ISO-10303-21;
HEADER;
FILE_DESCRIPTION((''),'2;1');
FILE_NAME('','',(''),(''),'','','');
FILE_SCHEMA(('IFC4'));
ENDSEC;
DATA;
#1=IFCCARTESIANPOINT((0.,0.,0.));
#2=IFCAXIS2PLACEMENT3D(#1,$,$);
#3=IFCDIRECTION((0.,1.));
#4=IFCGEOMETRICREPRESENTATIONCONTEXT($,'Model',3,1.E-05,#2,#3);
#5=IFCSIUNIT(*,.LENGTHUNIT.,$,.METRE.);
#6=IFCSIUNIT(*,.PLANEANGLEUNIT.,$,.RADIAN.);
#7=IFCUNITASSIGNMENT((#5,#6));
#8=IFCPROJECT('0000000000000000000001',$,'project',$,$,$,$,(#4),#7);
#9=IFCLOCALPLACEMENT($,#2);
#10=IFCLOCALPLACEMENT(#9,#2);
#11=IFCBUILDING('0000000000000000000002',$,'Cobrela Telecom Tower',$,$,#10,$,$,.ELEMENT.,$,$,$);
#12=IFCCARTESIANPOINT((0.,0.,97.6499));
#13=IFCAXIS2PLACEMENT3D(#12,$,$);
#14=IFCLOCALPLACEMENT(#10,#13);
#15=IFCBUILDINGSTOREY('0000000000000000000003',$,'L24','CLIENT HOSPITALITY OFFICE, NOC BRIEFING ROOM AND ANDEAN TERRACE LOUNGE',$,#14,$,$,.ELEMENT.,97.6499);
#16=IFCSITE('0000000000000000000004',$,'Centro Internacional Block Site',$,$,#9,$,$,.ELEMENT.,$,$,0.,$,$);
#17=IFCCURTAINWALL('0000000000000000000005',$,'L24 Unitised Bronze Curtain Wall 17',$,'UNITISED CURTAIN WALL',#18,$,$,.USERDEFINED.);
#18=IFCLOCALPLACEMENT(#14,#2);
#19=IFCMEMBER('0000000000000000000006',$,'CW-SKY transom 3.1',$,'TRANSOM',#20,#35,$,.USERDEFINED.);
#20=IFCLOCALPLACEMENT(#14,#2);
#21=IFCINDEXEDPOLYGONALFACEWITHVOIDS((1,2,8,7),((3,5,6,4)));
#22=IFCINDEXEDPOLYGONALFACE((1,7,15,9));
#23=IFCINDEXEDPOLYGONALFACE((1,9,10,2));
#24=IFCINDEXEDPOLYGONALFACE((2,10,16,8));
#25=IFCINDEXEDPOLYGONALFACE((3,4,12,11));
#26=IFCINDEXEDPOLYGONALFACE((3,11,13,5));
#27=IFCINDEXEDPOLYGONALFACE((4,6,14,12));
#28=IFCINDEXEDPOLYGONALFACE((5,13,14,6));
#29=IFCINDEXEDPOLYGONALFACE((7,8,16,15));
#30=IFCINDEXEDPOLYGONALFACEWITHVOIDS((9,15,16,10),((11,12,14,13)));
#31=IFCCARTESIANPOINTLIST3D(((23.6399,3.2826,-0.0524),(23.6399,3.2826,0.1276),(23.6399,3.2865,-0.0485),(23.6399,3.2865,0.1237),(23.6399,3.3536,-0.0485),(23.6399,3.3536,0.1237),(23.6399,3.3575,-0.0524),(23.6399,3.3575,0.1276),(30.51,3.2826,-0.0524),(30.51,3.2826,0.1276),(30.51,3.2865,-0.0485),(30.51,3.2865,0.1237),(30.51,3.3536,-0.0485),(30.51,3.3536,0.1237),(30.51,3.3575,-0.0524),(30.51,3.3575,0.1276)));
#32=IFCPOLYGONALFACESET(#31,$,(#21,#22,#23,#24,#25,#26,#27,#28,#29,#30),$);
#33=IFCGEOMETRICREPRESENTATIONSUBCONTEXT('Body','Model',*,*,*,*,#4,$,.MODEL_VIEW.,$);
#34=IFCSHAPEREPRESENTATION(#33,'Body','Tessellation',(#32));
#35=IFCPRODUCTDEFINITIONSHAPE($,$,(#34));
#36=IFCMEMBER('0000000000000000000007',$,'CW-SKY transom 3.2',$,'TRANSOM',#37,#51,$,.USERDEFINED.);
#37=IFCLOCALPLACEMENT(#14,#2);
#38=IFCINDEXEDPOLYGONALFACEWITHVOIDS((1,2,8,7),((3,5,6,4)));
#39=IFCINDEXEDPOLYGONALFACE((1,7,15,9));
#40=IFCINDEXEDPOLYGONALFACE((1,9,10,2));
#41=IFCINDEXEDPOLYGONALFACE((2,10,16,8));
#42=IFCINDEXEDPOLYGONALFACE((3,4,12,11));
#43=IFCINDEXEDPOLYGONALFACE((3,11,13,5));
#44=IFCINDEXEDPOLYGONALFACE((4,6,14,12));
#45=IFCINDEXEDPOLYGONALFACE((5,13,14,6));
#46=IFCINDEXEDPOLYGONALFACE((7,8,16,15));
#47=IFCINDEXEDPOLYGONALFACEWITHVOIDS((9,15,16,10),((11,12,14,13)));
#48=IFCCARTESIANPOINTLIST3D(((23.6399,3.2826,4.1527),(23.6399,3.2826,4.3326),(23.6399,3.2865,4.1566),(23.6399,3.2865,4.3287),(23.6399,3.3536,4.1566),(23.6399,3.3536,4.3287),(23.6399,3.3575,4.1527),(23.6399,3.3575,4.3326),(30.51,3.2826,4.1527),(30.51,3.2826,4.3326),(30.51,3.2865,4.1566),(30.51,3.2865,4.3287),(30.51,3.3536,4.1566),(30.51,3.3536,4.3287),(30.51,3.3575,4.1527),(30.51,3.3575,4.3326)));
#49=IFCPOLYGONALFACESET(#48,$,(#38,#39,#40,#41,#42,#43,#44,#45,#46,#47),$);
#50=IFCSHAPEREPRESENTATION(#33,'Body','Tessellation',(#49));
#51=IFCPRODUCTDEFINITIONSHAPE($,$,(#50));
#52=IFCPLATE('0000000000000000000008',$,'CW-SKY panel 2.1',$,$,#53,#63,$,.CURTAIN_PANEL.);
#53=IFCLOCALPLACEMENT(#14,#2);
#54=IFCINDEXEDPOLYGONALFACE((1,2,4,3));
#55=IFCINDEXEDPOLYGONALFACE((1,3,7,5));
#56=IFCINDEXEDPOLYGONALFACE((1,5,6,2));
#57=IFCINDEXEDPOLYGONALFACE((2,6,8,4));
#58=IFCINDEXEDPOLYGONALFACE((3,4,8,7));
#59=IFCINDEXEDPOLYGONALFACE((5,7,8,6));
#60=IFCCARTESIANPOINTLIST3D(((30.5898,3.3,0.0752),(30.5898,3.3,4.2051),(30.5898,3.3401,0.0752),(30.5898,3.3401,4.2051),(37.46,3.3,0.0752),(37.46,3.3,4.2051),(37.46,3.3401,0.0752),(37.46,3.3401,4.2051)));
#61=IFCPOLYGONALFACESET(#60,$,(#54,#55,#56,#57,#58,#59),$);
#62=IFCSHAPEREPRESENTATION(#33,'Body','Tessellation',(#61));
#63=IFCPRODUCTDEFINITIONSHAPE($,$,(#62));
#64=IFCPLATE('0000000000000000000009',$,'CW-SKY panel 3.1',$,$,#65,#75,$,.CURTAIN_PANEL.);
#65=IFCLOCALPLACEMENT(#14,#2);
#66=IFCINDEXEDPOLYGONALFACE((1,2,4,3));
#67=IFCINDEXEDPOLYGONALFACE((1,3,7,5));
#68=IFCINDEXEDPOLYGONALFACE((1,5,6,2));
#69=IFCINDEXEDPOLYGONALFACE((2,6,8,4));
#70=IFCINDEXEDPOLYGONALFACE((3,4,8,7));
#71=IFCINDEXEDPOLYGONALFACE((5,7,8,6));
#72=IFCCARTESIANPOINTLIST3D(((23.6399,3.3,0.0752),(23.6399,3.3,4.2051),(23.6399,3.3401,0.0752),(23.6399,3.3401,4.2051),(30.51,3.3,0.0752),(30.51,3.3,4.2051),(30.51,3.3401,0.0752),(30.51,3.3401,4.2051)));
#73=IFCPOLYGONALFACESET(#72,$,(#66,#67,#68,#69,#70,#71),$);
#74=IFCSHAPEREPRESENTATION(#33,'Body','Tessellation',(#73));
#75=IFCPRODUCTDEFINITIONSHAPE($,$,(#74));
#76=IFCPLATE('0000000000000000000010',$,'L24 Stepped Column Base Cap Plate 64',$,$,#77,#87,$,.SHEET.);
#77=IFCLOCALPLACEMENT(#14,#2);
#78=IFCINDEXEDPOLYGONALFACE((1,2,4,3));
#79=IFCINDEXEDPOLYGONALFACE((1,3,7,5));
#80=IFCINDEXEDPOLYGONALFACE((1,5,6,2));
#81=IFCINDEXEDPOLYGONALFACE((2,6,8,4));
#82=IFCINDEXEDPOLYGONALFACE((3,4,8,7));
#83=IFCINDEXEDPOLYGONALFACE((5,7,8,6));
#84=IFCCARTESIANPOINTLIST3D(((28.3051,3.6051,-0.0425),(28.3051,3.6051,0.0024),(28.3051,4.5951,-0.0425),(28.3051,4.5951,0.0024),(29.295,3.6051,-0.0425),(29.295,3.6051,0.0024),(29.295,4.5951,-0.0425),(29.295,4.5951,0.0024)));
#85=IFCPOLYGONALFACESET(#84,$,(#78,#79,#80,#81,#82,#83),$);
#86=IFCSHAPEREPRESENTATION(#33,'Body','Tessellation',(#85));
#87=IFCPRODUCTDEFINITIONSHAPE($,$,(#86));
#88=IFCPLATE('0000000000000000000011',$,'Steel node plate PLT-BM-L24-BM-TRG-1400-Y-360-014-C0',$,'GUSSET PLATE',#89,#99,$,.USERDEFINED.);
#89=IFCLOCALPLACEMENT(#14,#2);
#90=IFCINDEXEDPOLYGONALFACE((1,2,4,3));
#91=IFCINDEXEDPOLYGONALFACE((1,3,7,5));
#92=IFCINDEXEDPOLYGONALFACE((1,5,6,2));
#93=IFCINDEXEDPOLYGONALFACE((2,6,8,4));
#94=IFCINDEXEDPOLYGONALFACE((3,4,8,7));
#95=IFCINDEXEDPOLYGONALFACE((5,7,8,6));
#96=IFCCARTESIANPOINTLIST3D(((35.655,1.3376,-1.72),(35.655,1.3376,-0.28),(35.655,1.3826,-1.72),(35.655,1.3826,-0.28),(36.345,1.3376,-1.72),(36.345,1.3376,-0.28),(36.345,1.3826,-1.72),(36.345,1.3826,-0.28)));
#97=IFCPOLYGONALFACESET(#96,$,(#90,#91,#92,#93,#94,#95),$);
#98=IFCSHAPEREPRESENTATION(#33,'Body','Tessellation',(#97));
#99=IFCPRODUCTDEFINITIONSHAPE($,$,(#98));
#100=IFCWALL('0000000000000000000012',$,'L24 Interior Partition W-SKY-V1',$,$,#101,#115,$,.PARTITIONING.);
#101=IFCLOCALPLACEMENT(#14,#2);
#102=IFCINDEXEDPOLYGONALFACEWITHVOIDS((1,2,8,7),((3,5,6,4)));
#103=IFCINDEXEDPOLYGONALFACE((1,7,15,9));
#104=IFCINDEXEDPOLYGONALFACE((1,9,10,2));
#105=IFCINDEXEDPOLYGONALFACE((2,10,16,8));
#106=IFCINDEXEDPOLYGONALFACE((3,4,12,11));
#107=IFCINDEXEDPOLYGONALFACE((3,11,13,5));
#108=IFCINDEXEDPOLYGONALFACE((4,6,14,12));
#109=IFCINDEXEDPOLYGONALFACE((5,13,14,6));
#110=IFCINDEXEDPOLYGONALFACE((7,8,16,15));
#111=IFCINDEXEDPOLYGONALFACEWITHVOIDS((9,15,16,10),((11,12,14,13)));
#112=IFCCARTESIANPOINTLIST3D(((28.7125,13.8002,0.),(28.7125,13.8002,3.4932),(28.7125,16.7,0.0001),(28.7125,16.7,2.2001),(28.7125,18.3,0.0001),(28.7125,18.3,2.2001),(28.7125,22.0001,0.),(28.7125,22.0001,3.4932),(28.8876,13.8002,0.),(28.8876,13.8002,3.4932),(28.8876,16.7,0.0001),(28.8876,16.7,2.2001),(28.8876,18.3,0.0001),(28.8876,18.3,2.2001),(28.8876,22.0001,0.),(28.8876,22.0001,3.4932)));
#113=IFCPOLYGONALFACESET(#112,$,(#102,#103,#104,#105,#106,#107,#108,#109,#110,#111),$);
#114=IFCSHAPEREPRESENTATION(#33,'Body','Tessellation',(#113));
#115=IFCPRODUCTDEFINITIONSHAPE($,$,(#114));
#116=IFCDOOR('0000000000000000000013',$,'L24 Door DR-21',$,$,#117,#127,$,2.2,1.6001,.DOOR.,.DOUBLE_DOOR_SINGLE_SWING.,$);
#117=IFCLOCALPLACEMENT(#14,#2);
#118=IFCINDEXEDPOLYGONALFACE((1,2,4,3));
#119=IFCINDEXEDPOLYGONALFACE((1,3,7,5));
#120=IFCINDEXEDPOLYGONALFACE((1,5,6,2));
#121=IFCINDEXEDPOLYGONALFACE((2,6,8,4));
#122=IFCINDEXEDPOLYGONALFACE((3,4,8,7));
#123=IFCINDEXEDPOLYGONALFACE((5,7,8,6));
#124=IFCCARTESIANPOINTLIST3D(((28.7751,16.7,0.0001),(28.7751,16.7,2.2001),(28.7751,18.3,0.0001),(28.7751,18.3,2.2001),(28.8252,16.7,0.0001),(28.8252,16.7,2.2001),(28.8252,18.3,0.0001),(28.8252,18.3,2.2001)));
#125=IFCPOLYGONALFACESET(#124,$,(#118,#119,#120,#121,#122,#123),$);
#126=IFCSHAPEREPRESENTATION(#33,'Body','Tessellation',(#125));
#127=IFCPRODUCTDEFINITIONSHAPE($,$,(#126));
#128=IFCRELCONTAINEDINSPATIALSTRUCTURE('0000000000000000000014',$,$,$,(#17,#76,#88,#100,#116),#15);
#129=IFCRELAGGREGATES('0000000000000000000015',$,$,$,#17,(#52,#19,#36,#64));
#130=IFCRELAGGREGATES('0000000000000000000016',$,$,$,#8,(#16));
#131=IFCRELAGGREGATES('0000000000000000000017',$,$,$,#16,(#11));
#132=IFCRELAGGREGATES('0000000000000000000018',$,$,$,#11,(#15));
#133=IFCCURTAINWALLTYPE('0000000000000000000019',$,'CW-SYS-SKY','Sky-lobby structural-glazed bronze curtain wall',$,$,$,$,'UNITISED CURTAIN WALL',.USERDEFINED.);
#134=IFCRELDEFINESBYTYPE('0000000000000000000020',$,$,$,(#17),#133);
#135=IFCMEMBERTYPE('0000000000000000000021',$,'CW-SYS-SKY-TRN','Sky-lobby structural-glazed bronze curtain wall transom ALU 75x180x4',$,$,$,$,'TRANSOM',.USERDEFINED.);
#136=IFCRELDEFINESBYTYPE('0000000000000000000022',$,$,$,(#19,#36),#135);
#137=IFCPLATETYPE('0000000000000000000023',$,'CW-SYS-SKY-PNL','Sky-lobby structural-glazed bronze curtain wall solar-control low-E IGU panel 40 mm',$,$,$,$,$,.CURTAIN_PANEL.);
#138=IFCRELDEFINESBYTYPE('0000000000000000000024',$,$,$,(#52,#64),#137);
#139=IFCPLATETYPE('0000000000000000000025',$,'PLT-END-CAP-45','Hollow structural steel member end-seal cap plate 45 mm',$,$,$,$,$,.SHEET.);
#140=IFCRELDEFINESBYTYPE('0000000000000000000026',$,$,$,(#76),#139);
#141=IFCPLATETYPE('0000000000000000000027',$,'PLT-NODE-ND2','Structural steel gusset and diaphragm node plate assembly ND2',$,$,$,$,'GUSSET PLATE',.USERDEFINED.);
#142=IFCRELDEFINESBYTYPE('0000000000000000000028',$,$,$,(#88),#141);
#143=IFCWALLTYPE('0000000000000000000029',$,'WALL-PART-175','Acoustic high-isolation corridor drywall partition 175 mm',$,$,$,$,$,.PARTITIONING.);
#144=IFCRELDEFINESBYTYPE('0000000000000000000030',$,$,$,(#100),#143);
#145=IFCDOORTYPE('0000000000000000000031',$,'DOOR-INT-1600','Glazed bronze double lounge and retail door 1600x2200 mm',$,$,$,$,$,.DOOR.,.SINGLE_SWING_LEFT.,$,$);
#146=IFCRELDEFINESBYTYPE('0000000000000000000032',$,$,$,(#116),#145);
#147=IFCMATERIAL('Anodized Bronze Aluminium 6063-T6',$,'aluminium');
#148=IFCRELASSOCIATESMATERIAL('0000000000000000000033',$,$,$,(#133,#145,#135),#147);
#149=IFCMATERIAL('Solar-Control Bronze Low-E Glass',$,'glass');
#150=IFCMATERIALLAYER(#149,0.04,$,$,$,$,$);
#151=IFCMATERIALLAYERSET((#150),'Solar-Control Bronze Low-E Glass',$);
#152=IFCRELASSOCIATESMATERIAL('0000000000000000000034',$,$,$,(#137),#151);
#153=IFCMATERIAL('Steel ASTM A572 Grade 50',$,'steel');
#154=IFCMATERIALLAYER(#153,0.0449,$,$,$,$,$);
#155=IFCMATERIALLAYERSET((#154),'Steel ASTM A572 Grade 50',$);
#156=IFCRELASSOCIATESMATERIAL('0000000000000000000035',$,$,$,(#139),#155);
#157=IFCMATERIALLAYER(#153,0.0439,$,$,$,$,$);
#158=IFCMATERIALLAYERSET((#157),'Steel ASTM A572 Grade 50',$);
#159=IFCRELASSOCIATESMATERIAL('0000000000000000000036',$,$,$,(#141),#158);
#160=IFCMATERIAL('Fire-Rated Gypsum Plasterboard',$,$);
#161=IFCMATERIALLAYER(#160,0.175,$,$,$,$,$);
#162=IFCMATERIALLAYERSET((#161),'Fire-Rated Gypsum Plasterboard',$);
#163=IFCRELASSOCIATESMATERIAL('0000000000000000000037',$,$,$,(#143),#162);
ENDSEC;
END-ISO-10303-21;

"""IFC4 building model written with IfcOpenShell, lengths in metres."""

from ifc_helpers import new_model, si_unit, direction, frame, frame_2d, origin, origin_2d, place, context, subcontext, project, spatial, rectangle, hollow_rectangle, extrude, material, layer, layer_set, material_profile, profile_set, type_object, element, fill, aggregate, save


model = new_model("IFC4")

# Units and contexts
model_context = context("Model", 3, precision=1e-05, world=origin(), true_north=direction((0.0, 1.0)))
body_context = subcontext(model_context, "Body", "Model", "MODEL_VIEW")
ifc_project = project(units=[si_unit("LENGTHUNIT", "METRE"), si_unit("PLANEANGLEUNIT", "RADIAN")], contexts=[model_context])

# Site, building, storey
site_placement = place(None, origin())
site = spatial("IfcSite", under=ifc_project, at=site_placement, Name="Centro Internacional Block Site", CompositionType="ELEMENT", RefElevation=0.0)
building_placement = place(site_placement, origin())
building = spatial("IfcBuilding", under=site, at=building_placement, Name="Cobrela Telecom Tower", CompositionType="ELEMENT")
storey_placement = place(building_placement, frame((0.0, 0.0, 97.6499)))
storey = spatial("IfcBuildingStorey", under=building, at=storey_placement, Name="L24", Description="CLIENT HOSPITALITY OFFICE, NOC BRIEFING ROOM AND ANDEAN TERRACE LOUNGE", CompositionType="ELEMENT", Elevation=97.6499)

# Shared definitions
ifc_material_1 = material(Name="Steel ASTM A572 Grade 50", Category="steel")

# Curtain wall, members, plates
ifc_material_2 = material(Name="Anodized Bronze Aluminium 6063-T6", Category="aluminium")
curtain_wall_type = type_object("IfcCurtainWallType", Name="CW-SYS-SKY", Description="Sky-lobby structural-glazed bronze curtain wall", ElementType="UNITISED CURTAIN WALL", PredefinedType="USERDEFINED", material=ifc_material_2)
curtain_wall_placement = place(storey_placement, origin())
curtain_wall = element("IfcCurtainWall", 1, at=curtain_wall_placement, inside=storey, type_object=curtain_wall_type, Name="L24 Unitised Bronze Curtain Wall 17", ObjectType="UNITISED CURTAIN WALL", PredefinedType="USERDEFINED")
ifc_material_profile_1 = material_profile(ifc_material_2, hollow_rectangle(XDim=0.075, YDim=0.1799, WallThickness=0.0039, at=origin_2d()), Name="ALU 75x180x4")
ifc_profile_set_1 = profile_set([ifc_material_profile_1], Name="Anodized Bronze Aluminium 6063-T6")
member_type_1 = type_object("IfcMemberType", Name="CW-SYS-SKY-TRN", Description="Sky-lobby structural-glazed bronze curtain wall transom ALU 75x180x4", ElementType="TRANSOM", PredefinedType="USERDEFINED", material=ifc_profile_set_1)
member_1_placement = place(storey_placement, frame((30.51, 3.3201, 0.0376), z_axis=(-1.0, 0.0, 0.0), x_axis=(0.0, -1.0, 0.0)))
member_1 = element("IfcMember", 2, at=member_1_placement, type_object=member_type_1, Name="CW-SKY transom 3.1", ObjectType="TRANSOM", PredefinedType="USERDEFINED", context=body_context, shape_type="SweptSolid", body=[
    extrude(hollow_rectangle(XDim=0.075, YDim=0.1799, WallThickness=0.0039, at=origin_2d()), origin(), (0.0, 0.0, 1.0), 6.8701),
])
member_2_placement = place(storey_placement, frame((30.51, 3.3201, 4.2427), z_axis=(-1.0, 0.0, 0.0), x_axis=(0.0, -1.0, 0.0)))
member_2 = element("IfcMember", 3, at=member_2_placement, type_object=member_type_1, Name="CW-SKY transom 3.2", ObjectType="TRANSOM", PredefinedType="USERDEFINED", context=body_context, shape_type="SweptSolid", body=[
    extrude(hollow_rectangle(XDim=0.075, YDim=0.1799, WallThickness=0.0039, at=origin_2d()), origin(), (0.0, 0.0, 1.0), 6.8701),
])
ifc_material_3 = material(Name="Solar-Control Bronze Low-E Glass", Category="glass")
ifc_layer_1 = layer(ifc_material_3, 0.04)
ifc_layer_set_1 = layer_set([ifc_layer_1], Name="Solar-Control Bronze Low-E Glass")
plate_type_1 = type_object("IfcPlateType", Name="CW-SYS-SKY-PNL", Description="Sky-lobby structural-glazed bronze curtain wall solar-control low-E IGU panel 40 mm", PredefinedType="CURTAIN_PANEL", material=ifc_layer_set_1)
plate_1_placement = place(storey_placement, frame((34.0249, 3.3201, 0.0752), z_axis=(0.0, 0.0, 1.0), x_axis=(-1.0, 0.0, 0.0)))
plate_1 = element("IfcPlate", 4, at=plate_1_placement, type_object=plate_type_1, Name="CW-SKY panel 2.1", PredefinedType="CURTAIN_PANEL", context=body_context, shape_type="SweptSolid", body=[
    extrude(rectangle(XDim=6.8701, YDim=0.04, at=origin_2d()), origin(), (0.0, 0.0, 1.0), 4.1299),
])
plate_2_placement = place(storey_placement, frame((27.075, 3.3201, 0.0752), z_axis=(0.0, 0.0, 1.0), x_axis=(-1.0, 0.0, 0.0)))
plate_2 = element("IfcPlate", 5, at=plate_2_placement, type_object=plate_type_1, Name="CW-SKY panel 3.1", PredefinedType="CURTAIN_PANEL", context=body_context, shape_type="SweptSolid", body=[
    extrude(rectangle(XDim=6.8701, YDim=0.04, at=origin_2d()), origin(), (0.0, 0.0, 1.0), 4.1299),
])
aggregate(curtain_wall, [plate_1, member_1, member_2, plate_2])

# Plates
ifc_layer_2 = layer(ifc_material_1, 0.0449)
ifc_layer_set_2 = layer_set([ifc_layer_2], Name="Steel ASTM A572 Grade 50")
plate_type_2 = type_object("IfcPlateType", Name="PLT-END-CAP-45", Description="Hollow structural steel member end-seal cap plate 45 mm", PredefinedType="SHEET", material=ifc_layer_set_2)
plate_3_placement = place(storey_placement, frame((28.8, 4.1001, -0.0425), z_axis=(0.0, 0.0, 1.0), x_axis=(1.0, 0.0, 0.0)))
element("IfcPlate", 6, at=plate_3_placement, inside=storey, type_object=plate_type_2, Name="L24 Stepped Column Base Cap Plate 64", PredefinedType="SHEET", context=body_context, shape_type="SweptSolid", body=[
    extrude(rectangle(XDim=0.99, YDim=0.99, at=origin_2d()), origin(), (0.0, 0.0, 1.0), 0.0449),
])
ifc_layer_3 = layer(ifc_material_1, 0.0439)
ifc_layer_set_3 = layer_set([ifc_layer_3], Name="Steel ASTM A572 Grade 50")
plate_type_3 = type_object("IfcPlateType", Name="PLT-NODE-ND2", Description="Structural steel gusset and diaphragm node plate assembly ND2", ElementType="GUSSET PLATE", PredefinedType="USERDEFINED", material=ifc_layer_set_3)
plate_4_placement = place(storey_placement, frame((36.0, 1.3601, -1.72), z_axis=(0.0, 0.0, 1.0), x_axis=(0.0, 1.0, 0.0)))
element("IfcPlate", 7, at=plate_4_placement, inside=storey, type_object=plate_type_3, Name="Steel node plate PLT-BM-L24-BM-TRG-1400-Y-360-014-C0", ObjectType="GUSSET PLATE", PredefinedType="USERDEFINED", context=body_context, shape_type="SweptSolid", body=[
    extrude(rectangle(XDim=0.0449, YDim=0.6899, at=origin_2d()), origin(), (0.0, 0.0, 1.0), 1.4399),
])

# Wall, opening, door
ifc_material_4 = material(Name="Fire-Rated Gypsum Plasterboard")
ifc_layer_4 = layer(ifc_material_4, 0.175)
ifc_layer_set_4 = layer_set([ifc_layer_4], Name="Fire-Rated Gypsum Plasterboard")
wall_type = type_object("IfcWallType", Name="WALL-PART-175", Description="Acoustic high-isolation corridor drywall partition 175 mm", PredefinedType="PARTITIONING", material=ifc_layer_set_4)
wall_placement = place(storey_placement, frame((28.8, 13.8, 0.0), z_axis=(0.0, 0.0, 1.0), x_axis=(0.0, 1.0, 0.0)))
wall = element("IfcWall", 8, at=wall_placement, inside=storey, type_object=wall_type, Name="L24 Interior Partition W-SKY-V1", PredefinedType="PARTITIONING", context=body_context, shape_type="SweptSolid", body=[
    extrude(rectangle(XDim=8.2, YDim=0.175, at=frame_2d((4.1001, 0.0))), origin(), (0.0, 0.0, 1.0), 3.4932),
])
opening_placement = place(wall_placement, frame((2.8999, 0.0, 0.0)))
opening = element("IfcOpeningElement", 9, at=opening_placement, cuts=wall, PredefinedType="OPENING", context=body_context, shape_type="SweptSolid", body=[
    extrude(rectangle(XDim=1.6001, YDim=2.2, at=frame_2d((0.8, 1.1001))), frame((0.0, 0.0996, 0.0), z_axis=(0.0, -1.0, 0.0), x_axis=(1.0, 0.0, 0.0)), (0.0, 0.0, 1.0), 0.199),
])
door_type = type_object("IfcDoorType", Name="DOOR-INT-1600", Description="Glazed bronze double lounge and retail door 1600x2200 mm", OperationType="SINGLE_SWING_LEFT", PredefinedType="DOOR", material=ifc_material_2)
door_placement = place(opening_placement, origin())
door = element("IfcDoor", 10, at=door_placement, inside=storey, type_object=door_type, Name="L24 Door DR-21", OperationType="DOUBLE_DOOR_SINGLE_SWING", OverallHeight=2.2, OverallWidth=1.6001, PredefinedType="DOOR", context=body_context, shape_type="SweptSolid", body=[
    extrude(rectangle(XDim=1.6001, YDim=2.2, at=frame_2d((0.8, 1.1001))), frame((0.0, 0.0249, 0.0), z_axis=(0.0, -1.0, 0.0), x_axis=(1.0, 0.0, 0.0)), (0.0, 0.0, 1.0), 0.05),
])
fill(opening, door)

save(model, "model.ifc")
